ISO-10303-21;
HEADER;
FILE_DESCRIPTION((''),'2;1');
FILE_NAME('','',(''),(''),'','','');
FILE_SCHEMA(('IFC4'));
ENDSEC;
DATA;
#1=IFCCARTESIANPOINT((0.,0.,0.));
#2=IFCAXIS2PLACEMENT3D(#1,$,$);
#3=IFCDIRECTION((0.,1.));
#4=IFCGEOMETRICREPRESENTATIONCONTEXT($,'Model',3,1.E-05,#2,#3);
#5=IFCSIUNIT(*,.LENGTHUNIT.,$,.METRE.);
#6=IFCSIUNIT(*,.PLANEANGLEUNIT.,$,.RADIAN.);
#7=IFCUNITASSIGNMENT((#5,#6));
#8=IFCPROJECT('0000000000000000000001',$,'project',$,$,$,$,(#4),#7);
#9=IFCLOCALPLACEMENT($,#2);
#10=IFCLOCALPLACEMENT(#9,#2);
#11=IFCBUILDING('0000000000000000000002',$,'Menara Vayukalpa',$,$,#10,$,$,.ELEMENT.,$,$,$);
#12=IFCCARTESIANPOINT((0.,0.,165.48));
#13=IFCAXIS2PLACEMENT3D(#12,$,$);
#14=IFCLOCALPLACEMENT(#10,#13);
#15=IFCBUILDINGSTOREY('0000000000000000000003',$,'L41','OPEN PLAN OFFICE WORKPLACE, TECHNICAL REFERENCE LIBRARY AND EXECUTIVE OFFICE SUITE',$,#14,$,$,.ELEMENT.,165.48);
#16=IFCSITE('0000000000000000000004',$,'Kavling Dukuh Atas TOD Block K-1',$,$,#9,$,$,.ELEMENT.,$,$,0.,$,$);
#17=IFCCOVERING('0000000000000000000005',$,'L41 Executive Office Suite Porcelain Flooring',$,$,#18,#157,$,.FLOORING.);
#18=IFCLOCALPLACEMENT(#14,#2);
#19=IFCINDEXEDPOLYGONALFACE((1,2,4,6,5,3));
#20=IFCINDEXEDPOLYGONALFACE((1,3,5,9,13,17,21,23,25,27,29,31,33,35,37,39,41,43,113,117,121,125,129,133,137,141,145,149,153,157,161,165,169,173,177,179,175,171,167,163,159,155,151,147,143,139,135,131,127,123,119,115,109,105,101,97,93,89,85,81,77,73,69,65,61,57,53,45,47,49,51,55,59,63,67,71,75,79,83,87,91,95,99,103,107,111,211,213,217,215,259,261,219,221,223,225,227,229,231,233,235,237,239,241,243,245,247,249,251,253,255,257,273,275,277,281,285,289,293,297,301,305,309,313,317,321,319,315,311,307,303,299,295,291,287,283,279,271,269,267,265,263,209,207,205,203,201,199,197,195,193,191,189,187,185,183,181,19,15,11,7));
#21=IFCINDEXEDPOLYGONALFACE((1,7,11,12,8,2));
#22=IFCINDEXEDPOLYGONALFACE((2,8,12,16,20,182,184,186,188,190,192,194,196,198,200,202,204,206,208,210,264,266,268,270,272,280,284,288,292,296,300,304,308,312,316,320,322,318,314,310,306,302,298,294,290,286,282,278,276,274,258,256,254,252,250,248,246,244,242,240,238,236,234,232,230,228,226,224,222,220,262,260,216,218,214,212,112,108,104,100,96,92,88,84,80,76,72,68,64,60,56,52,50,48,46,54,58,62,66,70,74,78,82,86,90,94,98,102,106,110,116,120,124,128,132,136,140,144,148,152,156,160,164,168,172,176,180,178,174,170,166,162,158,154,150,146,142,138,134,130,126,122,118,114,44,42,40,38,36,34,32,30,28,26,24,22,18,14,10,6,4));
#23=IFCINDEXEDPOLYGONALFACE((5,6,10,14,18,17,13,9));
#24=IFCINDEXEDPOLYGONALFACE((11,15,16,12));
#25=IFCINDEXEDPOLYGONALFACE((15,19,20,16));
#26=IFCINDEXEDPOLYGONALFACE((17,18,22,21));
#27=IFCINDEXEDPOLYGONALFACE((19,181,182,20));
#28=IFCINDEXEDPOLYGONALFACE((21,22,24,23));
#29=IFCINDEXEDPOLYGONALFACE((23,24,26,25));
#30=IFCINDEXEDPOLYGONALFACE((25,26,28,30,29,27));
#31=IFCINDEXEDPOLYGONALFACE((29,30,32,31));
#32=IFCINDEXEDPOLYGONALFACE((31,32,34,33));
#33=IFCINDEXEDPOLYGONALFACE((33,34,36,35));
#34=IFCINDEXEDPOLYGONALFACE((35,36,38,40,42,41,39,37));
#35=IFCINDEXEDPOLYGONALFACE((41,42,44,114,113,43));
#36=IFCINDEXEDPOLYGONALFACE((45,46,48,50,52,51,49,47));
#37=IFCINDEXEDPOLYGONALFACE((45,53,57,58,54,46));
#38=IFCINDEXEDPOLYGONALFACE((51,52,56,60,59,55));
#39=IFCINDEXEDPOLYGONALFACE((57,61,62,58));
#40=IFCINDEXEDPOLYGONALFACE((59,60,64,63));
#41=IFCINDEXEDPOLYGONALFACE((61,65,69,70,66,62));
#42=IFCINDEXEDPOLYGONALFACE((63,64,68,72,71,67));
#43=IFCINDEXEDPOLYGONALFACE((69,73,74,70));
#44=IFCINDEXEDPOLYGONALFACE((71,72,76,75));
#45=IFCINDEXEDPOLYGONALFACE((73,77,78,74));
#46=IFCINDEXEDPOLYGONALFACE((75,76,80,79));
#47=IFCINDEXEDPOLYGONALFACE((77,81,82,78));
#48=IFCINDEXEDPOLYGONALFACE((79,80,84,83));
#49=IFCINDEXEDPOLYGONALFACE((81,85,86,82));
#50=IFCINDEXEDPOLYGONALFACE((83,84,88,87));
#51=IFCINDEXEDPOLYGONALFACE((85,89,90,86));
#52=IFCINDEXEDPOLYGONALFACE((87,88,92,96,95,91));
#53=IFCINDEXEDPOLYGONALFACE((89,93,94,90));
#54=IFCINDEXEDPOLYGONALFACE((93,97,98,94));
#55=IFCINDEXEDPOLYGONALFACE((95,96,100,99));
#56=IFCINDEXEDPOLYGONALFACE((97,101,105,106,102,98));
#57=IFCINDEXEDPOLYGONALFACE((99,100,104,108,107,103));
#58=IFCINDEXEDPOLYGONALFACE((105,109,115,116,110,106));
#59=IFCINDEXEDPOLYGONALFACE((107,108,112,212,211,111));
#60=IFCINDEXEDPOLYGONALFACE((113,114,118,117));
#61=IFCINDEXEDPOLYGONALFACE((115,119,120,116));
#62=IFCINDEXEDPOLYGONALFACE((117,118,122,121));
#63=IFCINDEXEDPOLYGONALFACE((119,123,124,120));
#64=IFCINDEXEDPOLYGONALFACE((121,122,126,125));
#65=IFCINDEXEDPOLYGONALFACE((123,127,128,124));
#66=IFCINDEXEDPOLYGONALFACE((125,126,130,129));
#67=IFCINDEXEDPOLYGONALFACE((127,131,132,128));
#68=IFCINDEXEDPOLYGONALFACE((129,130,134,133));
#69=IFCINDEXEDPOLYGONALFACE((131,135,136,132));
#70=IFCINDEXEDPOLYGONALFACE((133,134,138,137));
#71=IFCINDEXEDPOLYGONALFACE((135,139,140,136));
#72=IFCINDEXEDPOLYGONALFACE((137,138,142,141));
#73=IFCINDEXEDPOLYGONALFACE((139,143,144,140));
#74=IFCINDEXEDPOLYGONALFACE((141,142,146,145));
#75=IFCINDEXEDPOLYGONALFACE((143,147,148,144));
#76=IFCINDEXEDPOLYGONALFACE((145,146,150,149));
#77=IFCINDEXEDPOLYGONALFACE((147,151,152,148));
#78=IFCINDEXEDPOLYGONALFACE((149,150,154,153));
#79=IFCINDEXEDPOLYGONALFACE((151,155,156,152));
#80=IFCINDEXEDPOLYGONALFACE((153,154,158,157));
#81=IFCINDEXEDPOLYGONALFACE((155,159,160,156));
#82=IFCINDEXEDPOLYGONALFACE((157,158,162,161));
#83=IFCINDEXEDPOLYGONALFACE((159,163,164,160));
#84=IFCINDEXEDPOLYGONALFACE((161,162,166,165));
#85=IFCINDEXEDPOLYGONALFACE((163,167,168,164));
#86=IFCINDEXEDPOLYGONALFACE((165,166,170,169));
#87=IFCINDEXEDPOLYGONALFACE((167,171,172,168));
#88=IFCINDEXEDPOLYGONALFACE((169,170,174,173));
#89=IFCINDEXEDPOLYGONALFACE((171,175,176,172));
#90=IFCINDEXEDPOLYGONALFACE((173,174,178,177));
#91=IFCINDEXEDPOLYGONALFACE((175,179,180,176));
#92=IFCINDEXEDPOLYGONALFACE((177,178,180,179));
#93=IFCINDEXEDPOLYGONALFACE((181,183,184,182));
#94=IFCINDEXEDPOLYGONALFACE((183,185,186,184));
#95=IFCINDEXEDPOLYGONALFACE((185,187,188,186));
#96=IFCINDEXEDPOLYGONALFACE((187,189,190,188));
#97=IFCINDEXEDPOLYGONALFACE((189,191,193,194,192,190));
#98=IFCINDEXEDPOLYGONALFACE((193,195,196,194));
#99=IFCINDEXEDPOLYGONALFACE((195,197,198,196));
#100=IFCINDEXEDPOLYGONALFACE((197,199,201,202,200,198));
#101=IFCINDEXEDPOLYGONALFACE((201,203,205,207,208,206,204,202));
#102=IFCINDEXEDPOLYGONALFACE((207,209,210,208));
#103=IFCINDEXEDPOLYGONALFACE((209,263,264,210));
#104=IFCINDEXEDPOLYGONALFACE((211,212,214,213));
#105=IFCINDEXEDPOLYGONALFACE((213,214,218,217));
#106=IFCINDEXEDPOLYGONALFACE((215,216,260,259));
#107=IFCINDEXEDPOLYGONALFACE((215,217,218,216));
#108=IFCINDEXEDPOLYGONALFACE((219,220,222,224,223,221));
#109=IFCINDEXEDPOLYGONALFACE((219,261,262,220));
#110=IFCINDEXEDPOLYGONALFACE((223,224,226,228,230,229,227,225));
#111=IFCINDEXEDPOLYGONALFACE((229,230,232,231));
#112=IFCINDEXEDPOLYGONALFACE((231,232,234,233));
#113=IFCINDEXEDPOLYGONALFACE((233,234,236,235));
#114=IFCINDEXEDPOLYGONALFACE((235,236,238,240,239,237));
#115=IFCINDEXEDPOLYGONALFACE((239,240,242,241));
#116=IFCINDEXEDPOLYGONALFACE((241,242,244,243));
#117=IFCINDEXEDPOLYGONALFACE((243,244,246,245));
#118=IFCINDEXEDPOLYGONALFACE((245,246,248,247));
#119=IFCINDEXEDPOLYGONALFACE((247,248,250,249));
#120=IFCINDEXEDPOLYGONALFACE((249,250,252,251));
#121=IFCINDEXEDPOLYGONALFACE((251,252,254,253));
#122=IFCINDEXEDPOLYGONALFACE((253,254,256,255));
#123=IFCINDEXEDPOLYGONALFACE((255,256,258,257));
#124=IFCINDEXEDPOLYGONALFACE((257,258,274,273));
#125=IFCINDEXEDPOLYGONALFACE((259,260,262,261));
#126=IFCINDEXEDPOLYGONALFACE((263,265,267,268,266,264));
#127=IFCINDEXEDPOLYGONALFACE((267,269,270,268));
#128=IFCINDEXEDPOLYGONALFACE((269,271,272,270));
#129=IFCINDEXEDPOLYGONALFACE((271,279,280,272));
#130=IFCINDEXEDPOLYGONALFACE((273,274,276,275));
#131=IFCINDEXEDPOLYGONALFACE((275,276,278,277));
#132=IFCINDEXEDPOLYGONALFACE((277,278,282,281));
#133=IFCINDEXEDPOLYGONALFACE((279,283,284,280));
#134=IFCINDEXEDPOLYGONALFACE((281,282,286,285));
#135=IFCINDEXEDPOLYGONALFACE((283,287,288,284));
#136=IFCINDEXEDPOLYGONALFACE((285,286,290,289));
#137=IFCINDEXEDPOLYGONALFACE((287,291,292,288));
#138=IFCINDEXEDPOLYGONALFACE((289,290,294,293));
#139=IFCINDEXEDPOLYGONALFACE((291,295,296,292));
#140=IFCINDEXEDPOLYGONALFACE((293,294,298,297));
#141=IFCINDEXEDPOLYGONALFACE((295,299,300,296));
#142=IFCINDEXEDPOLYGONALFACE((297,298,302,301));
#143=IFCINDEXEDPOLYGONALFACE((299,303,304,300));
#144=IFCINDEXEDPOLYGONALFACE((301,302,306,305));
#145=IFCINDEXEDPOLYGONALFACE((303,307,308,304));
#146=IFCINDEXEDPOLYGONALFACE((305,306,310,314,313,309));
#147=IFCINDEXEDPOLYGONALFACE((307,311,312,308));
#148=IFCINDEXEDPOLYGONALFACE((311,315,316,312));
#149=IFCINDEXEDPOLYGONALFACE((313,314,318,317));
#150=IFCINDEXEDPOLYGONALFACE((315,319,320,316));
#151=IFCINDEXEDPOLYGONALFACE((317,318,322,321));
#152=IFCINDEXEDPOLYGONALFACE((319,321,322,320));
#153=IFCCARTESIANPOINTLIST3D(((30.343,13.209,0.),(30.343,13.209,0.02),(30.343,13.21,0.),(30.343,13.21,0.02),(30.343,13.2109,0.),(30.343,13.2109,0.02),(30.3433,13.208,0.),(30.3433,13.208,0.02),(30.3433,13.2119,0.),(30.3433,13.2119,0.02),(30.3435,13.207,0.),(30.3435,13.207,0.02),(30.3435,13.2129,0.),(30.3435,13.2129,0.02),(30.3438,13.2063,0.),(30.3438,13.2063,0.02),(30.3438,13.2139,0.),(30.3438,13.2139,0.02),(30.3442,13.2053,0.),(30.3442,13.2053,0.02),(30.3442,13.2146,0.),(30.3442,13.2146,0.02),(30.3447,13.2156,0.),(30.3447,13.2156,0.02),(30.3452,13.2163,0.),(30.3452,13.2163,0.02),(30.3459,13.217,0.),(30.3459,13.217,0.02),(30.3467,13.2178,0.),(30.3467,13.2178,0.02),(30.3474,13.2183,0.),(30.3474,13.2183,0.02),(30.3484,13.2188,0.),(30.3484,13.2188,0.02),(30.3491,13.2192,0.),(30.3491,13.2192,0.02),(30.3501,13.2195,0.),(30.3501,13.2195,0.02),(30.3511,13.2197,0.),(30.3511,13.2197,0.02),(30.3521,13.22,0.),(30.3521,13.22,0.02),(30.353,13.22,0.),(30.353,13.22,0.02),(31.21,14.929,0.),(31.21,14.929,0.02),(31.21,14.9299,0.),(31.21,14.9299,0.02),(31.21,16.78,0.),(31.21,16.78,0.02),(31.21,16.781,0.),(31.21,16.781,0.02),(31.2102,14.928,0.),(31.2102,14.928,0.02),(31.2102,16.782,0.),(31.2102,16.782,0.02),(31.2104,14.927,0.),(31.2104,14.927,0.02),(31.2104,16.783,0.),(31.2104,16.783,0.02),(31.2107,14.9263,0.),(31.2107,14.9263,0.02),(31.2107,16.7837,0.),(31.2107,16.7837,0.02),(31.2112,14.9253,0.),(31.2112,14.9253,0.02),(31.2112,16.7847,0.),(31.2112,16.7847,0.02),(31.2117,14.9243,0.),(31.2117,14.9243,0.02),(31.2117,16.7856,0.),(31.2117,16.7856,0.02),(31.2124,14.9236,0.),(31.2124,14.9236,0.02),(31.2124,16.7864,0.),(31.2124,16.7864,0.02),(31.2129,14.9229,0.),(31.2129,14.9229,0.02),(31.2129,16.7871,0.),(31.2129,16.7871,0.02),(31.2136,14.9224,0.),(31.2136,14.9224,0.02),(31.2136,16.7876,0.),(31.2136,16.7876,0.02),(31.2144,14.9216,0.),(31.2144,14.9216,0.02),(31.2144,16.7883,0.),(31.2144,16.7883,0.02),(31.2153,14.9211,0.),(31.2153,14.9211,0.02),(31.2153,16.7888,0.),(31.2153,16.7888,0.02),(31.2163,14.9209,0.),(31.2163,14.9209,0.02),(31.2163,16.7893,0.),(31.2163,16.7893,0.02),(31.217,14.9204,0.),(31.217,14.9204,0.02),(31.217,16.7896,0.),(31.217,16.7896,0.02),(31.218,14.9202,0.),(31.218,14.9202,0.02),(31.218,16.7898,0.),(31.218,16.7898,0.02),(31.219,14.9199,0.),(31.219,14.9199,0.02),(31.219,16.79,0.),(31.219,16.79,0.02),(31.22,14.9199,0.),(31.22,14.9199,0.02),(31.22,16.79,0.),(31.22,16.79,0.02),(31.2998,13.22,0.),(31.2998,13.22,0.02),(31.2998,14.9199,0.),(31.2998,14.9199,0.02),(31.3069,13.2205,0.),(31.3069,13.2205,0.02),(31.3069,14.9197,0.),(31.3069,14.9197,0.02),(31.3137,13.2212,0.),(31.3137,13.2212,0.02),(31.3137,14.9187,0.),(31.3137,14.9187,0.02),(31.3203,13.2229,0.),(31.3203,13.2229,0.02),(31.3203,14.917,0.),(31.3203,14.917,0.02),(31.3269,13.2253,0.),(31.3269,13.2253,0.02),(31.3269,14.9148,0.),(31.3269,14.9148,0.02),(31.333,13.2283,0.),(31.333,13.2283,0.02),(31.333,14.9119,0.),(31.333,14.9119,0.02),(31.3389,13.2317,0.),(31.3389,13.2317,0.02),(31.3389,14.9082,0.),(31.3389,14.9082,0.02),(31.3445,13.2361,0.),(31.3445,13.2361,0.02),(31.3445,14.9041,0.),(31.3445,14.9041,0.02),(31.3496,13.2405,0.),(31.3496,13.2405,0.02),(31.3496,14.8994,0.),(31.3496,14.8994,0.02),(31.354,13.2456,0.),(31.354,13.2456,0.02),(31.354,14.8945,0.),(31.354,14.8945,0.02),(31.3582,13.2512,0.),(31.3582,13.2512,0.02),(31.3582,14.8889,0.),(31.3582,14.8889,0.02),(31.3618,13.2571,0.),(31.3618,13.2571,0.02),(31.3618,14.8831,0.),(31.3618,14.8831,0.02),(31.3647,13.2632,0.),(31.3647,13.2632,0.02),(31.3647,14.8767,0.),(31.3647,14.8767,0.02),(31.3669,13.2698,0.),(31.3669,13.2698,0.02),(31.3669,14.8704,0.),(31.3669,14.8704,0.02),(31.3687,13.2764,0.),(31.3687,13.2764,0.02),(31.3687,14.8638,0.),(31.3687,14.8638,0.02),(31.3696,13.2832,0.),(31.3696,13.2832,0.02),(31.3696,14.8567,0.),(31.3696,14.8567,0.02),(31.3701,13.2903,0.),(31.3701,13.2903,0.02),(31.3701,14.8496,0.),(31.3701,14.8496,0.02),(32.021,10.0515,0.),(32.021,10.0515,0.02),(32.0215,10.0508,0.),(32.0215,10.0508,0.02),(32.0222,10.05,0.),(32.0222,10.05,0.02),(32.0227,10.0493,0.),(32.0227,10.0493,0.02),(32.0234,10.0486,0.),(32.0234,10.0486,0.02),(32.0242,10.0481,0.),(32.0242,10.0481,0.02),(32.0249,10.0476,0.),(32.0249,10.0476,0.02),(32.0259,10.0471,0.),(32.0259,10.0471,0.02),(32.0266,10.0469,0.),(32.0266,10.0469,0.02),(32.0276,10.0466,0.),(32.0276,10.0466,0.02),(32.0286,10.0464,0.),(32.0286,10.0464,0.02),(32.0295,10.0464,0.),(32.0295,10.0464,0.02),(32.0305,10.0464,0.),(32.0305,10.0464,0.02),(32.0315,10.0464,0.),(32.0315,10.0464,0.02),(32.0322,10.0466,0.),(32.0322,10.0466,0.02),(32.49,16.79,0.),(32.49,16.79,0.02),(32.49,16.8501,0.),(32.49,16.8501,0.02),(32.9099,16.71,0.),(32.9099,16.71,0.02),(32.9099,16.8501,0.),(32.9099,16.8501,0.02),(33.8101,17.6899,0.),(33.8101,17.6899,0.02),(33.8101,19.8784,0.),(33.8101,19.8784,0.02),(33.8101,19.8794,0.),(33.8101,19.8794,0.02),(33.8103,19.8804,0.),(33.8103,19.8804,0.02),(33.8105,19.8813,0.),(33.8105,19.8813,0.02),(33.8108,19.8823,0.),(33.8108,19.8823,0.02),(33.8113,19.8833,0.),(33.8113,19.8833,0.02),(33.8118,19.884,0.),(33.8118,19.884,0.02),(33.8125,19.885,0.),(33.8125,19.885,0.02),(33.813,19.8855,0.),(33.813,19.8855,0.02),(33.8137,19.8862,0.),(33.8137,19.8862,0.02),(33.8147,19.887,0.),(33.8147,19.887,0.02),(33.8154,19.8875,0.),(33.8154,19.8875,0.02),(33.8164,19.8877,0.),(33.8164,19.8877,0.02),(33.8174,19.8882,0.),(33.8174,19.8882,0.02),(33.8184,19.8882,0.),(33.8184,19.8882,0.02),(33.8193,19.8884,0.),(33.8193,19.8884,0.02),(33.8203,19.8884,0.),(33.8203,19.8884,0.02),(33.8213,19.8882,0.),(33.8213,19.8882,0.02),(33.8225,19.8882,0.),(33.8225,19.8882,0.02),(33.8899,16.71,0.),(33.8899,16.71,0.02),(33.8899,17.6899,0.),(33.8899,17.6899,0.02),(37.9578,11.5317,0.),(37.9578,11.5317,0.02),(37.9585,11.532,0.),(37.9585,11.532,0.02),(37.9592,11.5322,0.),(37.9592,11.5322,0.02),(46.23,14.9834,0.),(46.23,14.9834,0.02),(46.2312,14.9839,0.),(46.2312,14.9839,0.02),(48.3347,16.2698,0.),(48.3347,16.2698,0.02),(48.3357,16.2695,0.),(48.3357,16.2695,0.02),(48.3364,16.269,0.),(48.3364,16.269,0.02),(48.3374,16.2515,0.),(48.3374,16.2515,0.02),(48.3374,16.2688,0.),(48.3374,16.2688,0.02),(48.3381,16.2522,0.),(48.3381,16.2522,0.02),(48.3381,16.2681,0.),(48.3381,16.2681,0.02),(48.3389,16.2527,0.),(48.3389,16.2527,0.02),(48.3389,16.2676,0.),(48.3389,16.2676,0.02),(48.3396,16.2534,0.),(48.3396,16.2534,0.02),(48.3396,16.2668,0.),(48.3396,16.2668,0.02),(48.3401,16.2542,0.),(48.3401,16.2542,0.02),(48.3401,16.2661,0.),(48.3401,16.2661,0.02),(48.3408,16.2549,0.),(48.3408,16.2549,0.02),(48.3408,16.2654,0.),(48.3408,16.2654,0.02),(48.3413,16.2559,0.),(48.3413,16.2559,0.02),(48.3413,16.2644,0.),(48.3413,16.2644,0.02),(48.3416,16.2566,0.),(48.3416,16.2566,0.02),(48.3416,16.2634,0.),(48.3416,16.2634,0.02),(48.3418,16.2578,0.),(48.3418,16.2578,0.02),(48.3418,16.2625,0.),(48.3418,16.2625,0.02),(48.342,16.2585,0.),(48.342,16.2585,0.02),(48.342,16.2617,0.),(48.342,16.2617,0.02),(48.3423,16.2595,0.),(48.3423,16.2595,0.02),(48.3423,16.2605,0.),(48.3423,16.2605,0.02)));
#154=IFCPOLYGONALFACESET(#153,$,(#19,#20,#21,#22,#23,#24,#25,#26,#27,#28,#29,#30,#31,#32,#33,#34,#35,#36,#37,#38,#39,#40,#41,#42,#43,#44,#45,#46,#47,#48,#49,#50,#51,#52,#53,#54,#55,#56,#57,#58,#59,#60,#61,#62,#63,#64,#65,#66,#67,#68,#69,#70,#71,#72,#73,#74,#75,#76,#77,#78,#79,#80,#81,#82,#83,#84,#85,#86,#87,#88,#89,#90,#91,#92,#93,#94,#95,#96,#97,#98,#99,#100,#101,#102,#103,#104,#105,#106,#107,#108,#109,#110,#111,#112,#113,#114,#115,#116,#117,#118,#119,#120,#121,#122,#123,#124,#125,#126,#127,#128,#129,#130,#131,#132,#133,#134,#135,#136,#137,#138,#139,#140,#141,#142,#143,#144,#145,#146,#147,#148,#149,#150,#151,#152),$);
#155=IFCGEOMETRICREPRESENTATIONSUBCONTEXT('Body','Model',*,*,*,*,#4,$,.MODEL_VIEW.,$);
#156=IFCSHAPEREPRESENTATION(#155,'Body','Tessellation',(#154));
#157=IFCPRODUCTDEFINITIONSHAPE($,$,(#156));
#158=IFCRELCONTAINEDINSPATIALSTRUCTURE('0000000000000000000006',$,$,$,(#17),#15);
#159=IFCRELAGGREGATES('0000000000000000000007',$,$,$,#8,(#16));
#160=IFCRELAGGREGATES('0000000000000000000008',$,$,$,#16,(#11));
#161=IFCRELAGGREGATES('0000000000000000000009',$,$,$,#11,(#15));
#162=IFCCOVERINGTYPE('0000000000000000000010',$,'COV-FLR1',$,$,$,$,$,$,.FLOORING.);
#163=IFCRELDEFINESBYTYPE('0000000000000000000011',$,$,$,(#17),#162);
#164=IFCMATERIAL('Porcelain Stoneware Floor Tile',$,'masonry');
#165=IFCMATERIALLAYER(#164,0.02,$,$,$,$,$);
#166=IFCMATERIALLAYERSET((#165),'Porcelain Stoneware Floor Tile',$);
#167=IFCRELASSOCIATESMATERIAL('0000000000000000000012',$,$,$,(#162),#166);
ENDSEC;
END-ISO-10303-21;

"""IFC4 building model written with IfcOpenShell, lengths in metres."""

from ifc_helpers import new_model, si_unit, direction, frame, origin, place, context, subcontext, project, spatial, polyline, outline, extrude, material, layer, layer_set, type_object, element, save


model = new_model("IFC4")

# Units and contexts
model_context = context("Model", 3, precision=1e-05, world=origin(), true_north=direction((0.0, 1.0)))
body_context = subcontext(model_context, "Body", "Model", "MODEL_VIEW")
ifc_project = project(units=[si_unit("LENGTHUNIT", "METRE"), si_unit("PLANEANGLEUNIT", "RADIAN")], contexts=[model_context])

# Site, building, storey
site_placement = place(None, origin())
site = spatial("IfcSite", under=ifc_project, at=site_placement, Name="Kavling Dukuh Atas TOD Block K-1", CompositionType="ELEMENT", RefElevation=0.0)
building_placement = place(site_placement, origin())
building = spatial("IfcBuilding", under=site, at=building_placement, Name="Menara Vayukalpa", CompositionType="ELEMENT")
storey_placement = place(building_placement, frame((0.0, 0.0, 165.48)))
storey = spatial("IfcBuildingStorey", under=building, at=storey_placement, Name="L41", Description="OPEN PLAN OFFICE WORKPLACE, TECHNICAL REFERENCE LIBRARY AND EXECUTIVE OFFICE SUITE", CompositionType="ELEMENT", Elevation=165.48)

# Covering
ifc_material_1 = material(Name="Porcelain Stoneware Floor Tile", Category="masonry")
ifc_layer_1 = layer(ifc_material_1, 0.02)
ifc_layer_set_1 = layer_set([ifc_layer_1], Name="Porcelain Stoneware Floor Tile")
covering_type_1 = type_object("IfcCoveringType", Name="COV-FLR1", PredefinedType="FLOORING", material=ifc_layer_set_1)
covering_1_placement = place(storey_placement, origin())
element("IfcCovering", 1, at=covering_1_placement, inside=storey, type_object=covering_type_1, Name="L41 Executive Office Suite Porcelain Flooring", PredefinedType="FLOORING", context=body_context, shape_type="SweptSolid", body=[
    extrude(outline(polyline([(37.9578, 11.5317), (32.0322, 10.0466), (32.0315, 10.0464), (32.0305, 10.0464), (32.0295, 10.0464), (32.0286, 10.0464), (32.0276, 10.0466), (32.0266, 10.0469), (32.0259, 10.0471), (32.0249, 10.0476), (32.0242, 10.0481), (32.0234, 10.0486), (32.0227, 10.0493), (32.0222, 10.05), (32.0215, 10.0508), (32.021, 10.0515), (30.3442, 13.2053), (30.3438, 13.2063), (30.3435, 13.207), (30.3433, 13.208), (30.343, 13.209), (30.343, 13.21), (30.343, 13.2109), (30.3433, 13.2119), (30.3435, 13.2129), (30.3438, 13.2139), (30.3442, 13.2146), (30.3447, 13.2156), (30.3452, 13.2163), (30.3459, 13.217), (30.3467, 13.2178), (30.3474, 13.2183), (30.3484, 13.2188), (30.3491, 13.2192), (30.3501, 13.2195), (30.3511, 13.2197), (30.3521, 13.22), (30.353, 13.22), (31.2998, 13.22), (31.3069, 13.2205), (31.3137, 13.2212), (31.3203, 13.2229), (31.3269, 13.2253), (31.333, 13.2283), (31.3389, 13.2317), (31.3445, 13.2361), (31.3496, 13.2405), (31.354, 13.2456), (31.3582, 13.2512), (31.3618, 13.2571), (31.3647, 13.2632), (31.3669, 13.2698), (31.3687, 13.2764), (31.3696, 13.2832), (31.3701, 13.2903), (31.3701, 14.8496), (31.3696, 14.8567), (31.3687, 14.8638), (31.3669, 14.8704), (31.3647, 14.8767), (31.3618, 14.8831), (31.3582, 14.8889), (31.354, 14.8945), (31.3496, 14.8994), (31.3445, 14.9041), (31.3389, 14.9082), (31.333, 14.9119), (31.3269, 14.9148), (31.3203, 14.917), (31.3137, 14.9187), (31.3069, 14.9197), (31.2998, 14.9199), (31.22, 14.9199), (31.219, 14.9199), (31.218, 14.9202), (31.217, 14.9204), (31.2163, 14.9209), (31.2153, 14.9211), (31.2144, 14.9216), (31.2136, 14.9224), (31.2129, 14.9229), (31.2124, 14.9236), (31.2117, 14.9243), (31.2112, 14.9253), (31.2107, 14.9263), (31.2104, 14.927), (31.2102, 14.928), (31.21, 14.929), (31.21, 14.9299), (31.21, 16.78), (31.21, 16.781), (31.2102, 16.782), (31.2104, 16.783), (31.2107, 16.7837), (31.2112, 16.7847), (31.2117, 16.7856), (31.2124, 16.7864), (31.2129, 16.7871), (31.2136, 16.7876), (31.2144, 16.7883), (31.2153, 16.7888), (31.2163, 16.7893), (31.217, 16.7896), (31.218, 16.7898), (31.219, 16.79), (31.22, 16.79), (32.49, 16.79), (32.49, 16.8501), (32.9099, 16.8501), (32.9099, 16.71), (33.8899, 16.71), (33.8899, 17.6899), (33.8101, 17.6899), (33.8101, 19.8784), (33.8101, 19.8794), (33.8103, 19.8804), (33.8105, 19.8813), (33.8108, 19.8823), (33.8113, 19.8833), (33.8118, 19.884), (33.8125, 19.885), (33.813, 19.8855), (33.8137, 19.8862), (33.8147, 19.887), (33.8154, 19.8875), (33.8164, 19.8877), (33.8174, 19.8882), (33.8184, 19.8882), (33.8193, 19.8884), (33.8203, 19.8884), (33.8213, 19.8882), (33.8225, 19.8882), (48.3347, 16.2698), (48.3357, 16.2695), (48.3364, 16.269), (48.3374, 16.2688), (48.3381, 16.2681), (48.3389, 16.2676), (48.3396, 16.2668), (48.3401, 16.2661), (48.3408, 16.2654), (48.3413, 16.2644), (48.3416, 16.2634), (48.3418, 16.2625), (48.342, 16.2617), (48.3423, 16.2605), (48.3423, 16.2595), (48.342, 16.2585), (48.3418, 16.2578), (48.3416, 16.2566), (48.3413, 16.2559), (48.3408, 16.2549), (48.3401, 16.2542), (48.3396, 16.2534), (48.3389, 16.2527), (48.3381, 16.2522), (48.3374, 16.2515), (46.2312, 14.9839), (46.23, 14.9834), (37.9592, 11.5322), (37.9585, 11.532), (37.9578, 11.5317)])), origin(), (0.0, 0.0, 1.0), 0.02),
])

save(model, "model.ifc")
